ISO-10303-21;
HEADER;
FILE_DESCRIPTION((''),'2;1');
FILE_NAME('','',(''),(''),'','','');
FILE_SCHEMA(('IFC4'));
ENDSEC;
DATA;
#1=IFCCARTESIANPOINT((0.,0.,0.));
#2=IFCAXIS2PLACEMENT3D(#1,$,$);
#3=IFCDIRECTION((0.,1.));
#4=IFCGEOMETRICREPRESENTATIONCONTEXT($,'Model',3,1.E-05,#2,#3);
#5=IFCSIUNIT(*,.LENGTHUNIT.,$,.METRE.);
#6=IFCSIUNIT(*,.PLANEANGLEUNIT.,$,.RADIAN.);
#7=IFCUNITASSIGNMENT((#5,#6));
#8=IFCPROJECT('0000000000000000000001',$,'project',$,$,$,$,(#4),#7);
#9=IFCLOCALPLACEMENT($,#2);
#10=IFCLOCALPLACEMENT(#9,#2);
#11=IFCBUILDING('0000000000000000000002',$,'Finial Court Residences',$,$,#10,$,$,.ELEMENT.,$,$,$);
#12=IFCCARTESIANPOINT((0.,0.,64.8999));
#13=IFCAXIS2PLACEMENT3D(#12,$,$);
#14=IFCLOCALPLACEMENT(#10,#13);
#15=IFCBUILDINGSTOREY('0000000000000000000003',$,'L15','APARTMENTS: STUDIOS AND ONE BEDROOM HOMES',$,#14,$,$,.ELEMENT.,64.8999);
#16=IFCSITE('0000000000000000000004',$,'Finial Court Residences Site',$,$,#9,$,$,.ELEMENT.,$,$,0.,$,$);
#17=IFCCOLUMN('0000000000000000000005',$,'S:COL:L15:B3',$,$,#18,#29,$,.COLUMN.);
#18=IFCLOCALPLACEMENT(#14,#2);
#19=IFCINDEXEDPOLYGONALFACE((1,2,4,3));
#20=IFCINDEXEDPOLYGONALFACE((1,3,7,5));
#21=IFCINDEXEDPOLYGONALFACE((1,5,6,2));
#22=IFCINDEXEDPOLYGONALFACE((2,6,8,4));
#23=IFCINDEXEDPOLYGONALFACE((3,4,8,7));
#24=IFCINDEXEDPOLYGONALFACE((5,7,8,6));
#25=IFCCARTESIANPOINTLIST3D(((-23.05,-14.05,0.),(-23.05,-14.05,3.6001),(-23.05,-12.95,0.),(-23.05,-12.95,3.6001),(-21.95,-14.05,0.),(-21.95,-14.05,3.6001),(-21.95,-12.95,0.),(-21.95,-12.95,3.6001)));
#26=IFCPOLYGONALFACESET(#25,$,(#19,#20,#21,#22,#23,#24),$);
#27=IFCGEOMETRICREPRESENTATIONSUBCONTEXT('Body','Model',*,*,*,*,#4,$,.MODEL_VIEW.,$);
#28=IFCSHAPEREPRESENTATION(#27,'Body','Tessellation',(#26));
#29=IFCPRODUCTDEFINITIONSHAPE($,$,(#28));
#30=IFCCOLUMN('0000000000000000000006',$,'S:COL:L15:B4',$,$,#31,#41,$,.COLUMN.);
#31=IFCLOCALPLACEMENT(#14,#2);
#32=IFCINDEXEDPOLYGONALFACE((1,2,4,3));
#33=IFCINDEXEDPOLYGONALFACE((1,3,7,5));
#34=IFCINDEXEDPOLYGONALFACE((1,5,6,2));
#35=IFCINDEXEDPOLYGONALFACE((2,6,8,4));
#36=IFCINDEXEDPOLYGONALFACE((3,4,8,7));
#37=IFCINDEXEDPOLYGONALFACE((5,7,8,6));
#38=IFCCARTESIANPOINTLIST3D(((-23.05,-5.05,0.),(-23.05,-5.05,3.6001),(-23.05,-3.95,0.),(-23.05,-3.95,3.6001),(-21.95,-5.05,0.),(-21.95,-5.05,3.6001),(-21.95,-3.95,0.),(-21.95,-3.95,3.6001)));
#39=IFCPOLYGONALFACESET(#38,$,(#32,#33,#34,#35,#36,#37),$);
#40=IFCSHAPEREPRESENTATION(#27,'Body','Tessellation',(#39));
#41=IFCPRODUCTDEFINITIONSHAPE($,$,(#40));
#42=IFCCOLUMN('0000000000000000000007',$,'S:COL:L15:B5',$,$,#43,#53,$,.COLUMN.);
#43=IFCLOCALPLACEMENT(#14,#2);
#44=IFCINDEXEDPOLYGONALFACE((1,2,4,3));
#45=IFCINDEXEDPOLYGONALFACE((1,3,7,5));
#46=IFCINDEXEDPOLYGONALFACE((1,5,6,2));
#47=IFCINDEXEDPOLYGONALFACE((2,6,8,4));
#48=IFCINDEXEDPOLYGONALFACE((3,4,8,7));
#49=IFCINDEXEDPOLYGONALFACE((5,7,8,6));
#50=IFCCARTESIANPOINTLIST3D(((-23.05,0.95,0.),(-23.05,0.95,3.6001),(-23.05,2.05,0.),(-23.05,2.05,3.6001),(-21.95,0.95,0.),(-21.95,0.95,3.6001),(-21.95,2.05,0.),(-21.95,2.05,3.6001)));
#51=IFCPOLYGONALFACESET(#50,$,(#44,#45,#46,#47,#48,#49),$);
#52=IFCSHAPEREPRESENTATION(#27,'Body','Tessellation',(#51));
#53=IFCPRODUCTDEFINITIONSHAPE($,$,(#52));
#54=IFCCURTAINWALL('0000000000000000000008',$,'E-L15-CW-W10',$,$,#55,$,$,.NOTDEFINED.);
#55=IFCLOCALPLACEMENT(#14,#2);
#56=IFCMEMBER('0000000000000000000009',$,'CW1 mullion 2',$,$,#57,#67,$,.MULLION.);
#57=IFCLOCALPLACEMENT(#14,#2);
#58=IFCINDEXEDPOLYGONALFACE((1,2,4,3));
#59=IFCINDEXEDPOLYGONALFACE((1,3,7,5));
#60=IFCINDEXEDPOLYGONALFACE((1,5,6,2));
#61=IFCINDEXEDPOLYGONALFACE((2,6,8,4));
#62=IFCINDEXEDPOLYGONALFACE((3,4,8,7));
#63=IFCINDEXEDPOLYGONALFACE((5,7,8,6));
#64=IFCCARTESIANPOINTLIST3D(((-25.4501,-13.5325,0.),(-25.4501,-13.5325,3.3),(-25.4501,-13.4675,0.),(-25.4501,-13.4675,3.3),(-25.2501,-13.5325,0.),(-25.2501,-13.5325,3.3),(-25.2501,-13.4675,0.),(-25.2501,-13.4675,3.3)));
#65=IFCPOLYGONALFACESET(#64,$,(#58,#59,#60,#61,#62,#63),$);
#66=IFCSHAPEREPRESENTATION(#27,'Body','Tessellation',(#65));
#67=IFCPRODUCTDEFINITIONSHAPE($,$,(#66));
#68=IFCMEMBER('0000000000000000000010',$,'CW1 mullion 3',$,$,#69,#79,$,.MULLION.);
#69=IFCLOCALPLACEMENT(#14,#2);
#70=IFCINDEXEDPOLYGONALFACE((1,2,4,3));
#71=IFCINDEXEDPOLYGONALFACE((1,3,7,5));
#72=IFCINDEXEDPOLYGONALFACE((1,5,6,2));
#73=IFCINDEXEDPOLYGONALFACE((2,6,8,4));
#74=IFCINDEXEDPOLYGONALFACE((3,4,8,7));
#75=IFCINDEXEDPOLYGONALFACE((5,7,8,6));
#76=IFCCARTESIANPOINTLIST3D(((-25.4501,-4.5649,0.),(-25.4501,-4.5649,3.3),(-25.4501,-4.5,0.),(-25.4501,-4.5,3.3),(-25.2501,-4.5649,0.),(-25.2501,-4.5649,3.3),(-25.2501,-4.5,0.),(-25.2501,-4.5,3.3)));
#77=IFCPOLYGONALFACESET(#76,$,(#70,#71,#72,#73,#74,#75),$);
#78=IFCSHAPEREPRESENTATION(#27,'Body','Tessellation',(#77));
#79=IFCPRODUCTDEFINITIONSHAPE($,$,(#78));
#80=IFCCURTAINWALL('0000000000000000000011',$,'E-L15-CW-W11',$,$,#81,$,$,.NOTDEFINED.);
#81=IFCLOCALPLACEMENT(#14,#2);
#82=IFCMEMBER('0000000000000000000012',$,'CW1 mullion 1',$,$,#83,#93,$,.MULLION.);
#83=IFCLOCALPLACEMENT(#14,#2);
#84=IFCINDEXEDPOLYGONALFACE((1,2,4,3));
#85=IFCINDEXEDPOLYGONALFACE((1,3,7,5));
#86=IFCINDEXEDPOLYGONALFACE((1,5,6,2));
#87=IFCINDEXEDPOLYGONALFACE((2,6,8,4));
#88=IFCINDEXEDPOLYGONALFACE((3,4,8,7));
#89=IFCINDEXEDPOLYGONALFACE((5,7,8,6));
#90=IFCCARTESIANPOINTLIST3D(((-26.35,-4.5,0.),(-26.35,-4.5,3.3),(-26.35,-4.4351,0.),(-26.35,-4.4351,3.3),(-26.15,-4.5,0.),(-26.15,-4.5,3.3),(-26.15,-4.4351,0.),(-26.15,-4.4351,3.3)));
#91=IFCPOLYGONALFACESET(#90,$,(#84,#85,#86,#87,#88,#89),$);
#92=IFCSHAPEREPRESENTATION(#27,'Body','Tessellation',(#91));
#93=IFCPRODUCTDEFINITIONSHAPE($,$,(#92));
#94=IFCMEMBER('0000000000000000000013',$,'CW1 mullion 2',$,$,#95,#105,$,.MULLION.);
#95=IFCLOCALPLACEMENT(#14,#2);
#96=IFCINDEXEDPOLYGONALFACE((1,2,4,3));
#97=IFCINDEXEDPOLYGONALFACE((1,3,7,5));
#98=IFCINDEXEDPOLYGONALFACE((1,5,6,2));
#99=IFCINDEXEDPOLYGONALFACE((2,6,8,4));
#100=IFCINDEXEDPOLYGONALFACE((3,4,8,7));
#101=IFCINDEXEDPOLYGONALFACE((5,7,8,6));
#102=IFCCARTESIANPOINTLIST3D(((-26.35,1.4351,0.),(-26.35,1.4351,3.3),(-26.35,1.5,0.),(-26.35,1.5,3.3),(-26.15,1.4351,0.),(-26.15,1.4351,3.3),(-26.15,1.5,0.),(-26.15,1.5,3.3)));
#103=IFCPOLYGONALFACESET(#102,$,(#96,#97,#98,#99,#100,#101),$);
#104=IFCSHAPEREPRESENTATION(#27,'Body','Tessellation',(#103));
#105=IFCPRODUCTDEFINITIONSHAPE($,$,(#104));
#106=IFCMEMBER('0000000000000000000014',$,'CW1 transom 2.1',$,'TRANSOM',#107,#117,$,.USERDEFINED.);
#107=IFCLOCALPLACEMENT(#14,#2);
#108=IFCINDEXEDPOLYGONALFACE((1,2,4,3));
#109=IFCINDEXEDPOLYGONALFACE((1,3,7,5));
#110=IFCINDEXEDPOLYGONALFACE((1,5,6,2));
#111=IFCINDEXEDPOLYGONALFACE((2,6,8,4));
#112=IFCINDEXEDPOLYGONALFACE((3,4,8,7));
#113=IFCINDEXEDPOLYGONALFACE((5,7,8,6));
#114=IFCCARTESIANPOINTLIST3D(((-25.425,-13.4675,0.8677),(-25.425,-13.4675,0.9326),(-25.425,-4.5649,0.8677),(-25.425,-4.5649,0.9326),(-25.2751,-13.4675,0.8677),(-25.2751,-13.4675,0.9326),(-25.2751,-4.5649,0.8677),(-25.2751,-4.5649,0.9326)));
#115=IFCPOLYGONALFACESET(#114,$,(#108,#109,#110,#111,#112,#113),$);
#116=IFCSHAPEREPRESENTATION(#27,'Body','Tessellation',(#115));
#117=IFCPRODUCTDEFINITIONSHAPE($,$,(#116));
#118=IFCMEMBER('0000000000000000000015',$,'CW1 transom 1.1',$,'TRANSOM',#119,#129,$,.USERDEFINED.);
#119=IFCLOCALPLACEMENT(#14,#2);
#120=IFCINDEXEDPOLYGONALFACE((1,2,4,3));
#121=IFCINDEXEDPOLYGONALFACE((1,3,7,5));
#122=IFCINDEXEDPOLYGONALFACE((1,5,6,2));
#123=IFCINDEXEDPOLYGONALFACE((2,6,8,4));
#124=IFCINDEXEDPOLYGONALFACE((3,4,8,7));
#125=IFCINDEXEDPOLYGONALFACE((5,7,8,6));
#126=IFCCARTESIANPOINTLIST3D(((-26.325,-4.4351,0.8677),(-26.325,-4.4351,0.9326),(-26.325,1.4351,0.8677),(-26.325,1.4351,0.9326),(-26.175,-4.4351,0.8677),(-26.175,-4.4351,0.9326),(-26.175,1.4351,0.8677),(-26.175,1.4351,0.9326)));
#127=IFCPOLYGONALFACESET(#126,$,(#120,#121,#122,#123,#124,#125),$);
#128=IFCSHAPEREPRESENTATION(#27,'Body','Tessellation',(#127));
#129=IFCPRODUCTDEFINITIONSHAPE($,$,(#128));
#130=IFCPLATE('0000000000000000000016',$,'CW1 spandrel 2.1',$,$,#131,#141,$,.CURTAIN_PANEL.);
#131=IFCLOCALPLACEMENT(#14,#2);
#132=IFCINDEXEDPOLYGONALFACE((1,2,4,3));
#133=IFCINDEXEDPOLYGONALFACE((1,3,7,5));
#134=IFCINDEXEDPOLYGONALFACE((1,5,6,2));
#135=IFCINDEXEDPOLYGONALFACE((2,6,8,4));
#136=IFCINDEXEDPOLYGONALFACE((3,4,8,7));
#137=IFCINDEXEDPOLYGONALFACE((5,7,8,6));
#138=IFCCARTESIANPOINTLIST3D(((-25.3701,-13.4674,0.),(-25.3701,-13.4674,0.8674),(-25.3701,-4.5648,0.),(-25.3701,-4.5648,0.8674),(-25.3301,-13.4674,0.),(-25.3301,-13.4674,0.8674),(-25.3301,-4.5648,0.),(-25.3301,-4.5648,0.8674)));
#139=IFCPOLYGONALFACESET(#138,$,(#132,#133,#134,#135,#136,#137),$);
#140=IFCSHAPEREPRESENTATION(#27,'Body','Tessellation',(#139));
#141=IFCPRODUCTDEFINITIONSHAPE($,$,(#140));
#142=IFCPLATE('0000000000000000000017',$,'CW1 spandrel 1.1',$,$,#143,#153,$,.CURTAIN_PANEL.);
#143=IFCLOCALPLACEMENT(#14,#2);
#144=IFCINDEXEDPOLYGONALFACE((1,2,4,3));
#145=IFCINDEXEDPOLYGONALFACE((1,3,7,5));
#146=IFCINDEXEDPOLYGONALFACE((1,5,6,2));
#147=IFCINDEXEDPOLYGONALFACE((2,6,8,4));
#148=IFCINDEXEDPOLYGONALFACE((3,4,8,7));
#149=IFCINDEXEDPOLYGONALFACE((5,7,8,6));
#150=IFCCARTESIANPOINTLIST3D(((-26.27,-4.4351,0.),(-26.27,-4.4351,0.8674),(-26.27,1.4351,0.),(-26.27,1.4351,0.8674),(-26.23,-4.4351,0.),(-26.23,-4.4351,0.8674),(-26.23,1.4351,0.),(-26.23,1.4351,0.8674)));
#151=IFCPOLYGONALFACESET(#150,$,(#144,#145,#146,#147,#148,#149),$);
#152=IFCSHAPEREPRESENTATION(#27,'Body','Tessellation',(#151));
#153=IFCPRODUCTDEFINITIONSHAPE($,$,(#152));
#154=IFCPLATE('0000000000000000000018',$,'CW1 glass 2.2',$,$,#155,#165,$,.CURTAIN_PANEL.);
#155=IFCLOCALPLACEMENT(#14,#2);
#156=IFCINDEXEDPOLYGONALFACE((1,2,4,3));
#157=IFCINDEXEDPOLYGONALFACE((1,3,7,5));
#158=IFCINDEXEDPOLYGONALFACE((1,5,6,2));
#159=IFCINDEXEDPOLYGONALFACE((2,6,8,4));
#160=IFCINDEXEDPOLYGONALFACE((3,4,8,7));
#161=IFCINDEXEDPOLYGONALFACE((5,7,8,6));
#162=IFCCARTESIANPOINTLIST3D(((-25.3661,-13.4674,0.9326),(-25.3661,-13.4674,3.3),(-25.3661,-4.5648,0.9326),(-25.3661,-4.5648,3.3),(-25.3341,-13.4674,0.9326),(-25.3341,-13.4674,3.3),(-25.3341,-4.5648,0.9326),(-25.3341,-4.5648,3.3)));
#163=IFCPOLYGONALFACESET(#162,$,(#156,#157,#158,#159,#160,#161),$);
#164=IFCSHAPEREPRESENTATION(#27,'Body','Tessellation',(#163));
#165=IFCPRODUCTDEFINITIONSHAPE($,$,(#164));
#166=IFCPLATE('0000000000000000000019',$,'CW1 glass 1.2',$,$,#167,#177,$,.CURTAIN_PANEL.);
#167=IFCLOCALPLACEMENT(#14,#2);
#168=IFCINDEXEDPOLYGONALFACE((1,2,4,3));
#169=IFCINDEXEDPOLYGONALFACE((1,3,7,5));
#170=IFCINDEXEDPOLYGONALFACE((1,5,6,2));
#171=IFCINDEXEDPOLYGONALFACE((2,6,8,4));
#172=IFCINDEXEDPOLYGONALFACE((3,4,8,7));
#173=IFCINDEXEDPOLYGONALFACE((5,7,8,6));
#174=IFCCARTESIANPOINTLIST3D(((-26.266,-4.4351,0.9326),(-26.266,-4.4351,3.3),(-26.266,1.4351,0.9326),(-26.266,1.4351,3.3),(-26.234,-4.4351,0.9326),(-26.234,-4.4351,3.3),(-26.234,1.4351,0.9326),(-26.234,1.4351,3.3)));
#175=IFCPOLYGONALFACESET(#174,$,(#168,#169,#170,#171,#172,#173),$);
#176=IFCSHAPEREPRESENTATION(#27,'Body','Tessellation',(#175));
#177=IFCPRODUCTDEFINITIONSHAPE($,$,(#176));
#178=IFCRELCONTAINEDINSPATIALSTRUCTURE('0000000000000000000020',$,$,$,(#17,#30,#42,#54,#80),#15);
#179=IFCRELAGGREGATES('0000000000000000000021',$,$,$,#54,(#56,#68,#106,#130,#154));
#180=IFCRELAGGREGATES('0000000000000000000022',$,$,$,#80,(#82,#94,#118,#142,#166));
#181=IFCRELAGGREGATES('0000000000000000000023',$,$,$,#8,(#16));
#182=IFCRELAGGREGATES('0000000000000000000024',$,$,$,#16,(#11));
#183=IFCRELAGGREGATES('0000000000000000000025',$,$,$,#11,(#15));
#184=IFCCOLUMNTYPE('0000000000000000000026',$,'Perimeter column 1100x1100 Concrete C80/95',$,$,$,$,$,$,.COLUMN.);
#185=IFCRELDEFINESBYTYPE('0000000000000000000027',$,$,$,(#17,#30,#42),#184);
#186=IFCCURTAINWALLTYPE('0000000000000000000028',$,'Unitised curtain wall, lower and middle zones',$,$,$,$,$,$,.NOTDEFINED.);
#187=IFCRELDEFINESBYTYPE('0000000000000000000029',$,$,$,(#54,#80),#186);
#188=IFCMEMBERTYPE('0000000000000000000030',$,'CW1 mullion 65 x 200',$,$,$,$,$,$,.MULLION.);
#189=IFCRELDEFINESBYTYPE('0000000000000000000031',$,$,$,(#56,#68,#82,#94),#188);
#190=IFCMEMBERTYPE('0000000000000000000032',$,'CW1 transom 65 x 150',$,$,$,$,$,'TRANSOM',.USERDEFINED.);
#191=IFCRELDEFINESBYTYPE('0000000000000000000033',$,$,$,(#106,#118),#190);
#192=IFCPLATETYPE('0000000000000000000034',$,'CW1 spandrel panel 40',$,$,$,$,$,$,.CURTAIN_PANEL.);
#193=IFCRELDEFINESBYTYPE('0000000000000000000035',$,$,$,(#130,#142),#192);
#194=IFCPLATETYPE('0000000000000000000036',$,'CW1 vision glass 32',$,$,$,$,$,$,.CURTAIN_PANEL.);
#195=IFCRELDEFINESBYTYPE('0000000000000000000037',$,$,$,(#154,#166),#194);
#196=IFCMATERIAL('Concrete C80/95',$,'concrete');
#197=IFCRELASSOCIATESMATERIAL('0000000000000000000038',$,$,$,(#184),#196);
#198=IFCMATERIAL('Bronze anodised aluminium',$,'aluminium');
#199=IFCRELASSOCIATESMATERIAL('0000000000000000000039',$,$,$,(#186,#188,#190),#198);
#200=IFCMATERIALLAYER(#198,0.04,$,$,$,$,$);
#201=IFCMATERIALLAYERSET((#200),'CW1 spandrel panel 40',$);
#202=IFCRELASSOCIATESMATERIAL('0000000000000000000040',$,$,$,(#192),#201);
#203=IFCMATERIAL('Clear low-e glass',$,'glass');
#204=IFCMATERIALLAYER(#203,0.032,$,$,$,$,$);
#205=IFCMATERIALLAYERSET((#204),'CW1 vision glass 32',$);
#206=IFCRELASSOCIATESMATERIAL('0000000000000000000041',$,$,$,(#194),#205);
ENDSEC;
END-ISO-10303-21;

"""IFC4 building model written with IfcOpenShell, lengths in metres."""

from ifc_helpers import new_model, si_unit, direction, frame, origin, origin_2d, place, context, subcontext, project, spatial, rectangle, extrude, material, layer, layer_set, material_profile, profile_set, type_object, element, aggregate, save


model = new_model("IFC4")

# Units and contexts
model_context = context("Model", 3, precision=1e-05, world=origin(), true_north=direction((0.0, 1.0)))
body_context = subcontext(model_context, "Body", "Model", "MODEL_VIEW")
ifc_project = project(units=[si_unit("LENGTHUNIT", "METRE"), si_unit("PLANEANGLEUNIT", "RADIAN")], contexts=[model_context])

# Site, building, storey
site_placement = place(None, origin())
site = spatial("IfcSite", under=ifc_project, at=site_placement, Name="Finial Court Residences Site", CompositionType="ELEMENT", RefElevation=0.0)
building_placement = place(site_placement, origin())
building = spatial("IfcBuilding", under=site, at=building_placement, Name="Finial Court Residences", CompositionType="ELEMENT")
storey_placement = place(building_placement, frame((0.0, 0.0, 64.8999)))
storey = spatial("IfcBuildingStorey", under=building, at=storey_placement, Name="L15", Description="APARTMENTS: STUDIOS AND ONE BEDROOM HOMES", CompositionType="ELEMENT", Elevation=64.8999)

# Columns
ifc_material_1 = material(Name="Concrete C80/95", Category="concrete")
ifc_material_profile_1 = material_profile(ifc_material_1, rectangle(XDim=1.1001, YDim=1.1001, at=origin_2d()), Name="1100x1100")
ifc_profile_set_1 = profile_set([ifc_material_profile_1], Name="Concrete C80/95")
column_type = type_object("IfcColumnType", Name="Perimeter column 1100x1100 Concrete C80/95", PredefinedType="COLUMN", material=ifc_profile_set_1)
for number, where, z_axis, x_axis, name in (
    (1, (-22.5, -13.5, 0.0), (0.0, 0.0, 1.0), (1.0, 0.0, 0.0), "S:COL:L15:B3"),
    (2, (-22.5, -4.5, 0.0), (0.0, 0.0, 1.0), (1.0, 0.0, 0.0), "S:COL:L15:B4"),
    (3, (-22.5, 1.5, 0.0), (0.0, 0.0, 1.0), (1.0, 0.0, 0.0), "S:COL:L15:B5"),
):
    element("IfcColumn", number, at=place(storey_placement, frame(where, z_axis=z_axis, x_axis=x_axis)), inside=storey, type_object=column_type, Name=name, PredefinedType="COLUMN", context=body_context, shape_type="SweptSolid", body=[
        extrude(rectangle(XDim=1.1001, YDim=1.1001, at=origin_2d()), origin(), (0.0, 0.0, 1.0), 3.6001),
    ])

# Curtain walls, members
ifc_material_2 = material(Name="Bronze anodised aluminium", Category="aluminium")
curtain_wall_type = type_object("IfcCurtainWallType", Name="Unitised curtain wall, lower and middle zones", PredefinedType="NOTDEFINED", material=ifc_material_2)
curtain_wall_1_placement = place(storey_placement, origin())
curtain_wall_1 = element("IfcCurtainWall", 4, at=curtain_wall_1_placement, inside=storey, type_object=curtain_wall_type, Name="E-L15-CW-W10", PredefinedType="NOTDEFINED")
ifc_material_profile_2 = material_profile(ifc_material_2, rectangle(XDim=0.2, YDim=0.0649, at=origin_2d()), Name="CW1 mullion 65 x 200")
ifc_profile_set_2 = profile_set([ifc_material_profile_2], Name="Bronze anodised aluminium")
member_type_1 = type_object("IfcMemberType", Name="CW1 mullion 65 x 200", PredefinedType="MULLION", material=ifc_profile_set_2)
member_1_placement = place(storey_placement, frame((-25.3501, -13.5, 0.0), z_axis=(0.0, 0.0, 1.0), x_axis=(-1.0, 0.0, 0.0)))
member_1 = element("IfcMember", 5, at=member_1_placement, type_object=member_type_1, Name="CW1 mullion 2", PredefinedType="MULLION", context=body_context, shape_type="SweptSolid", body=[
    extrude(rectangle(XDim=0.2, YDim=0.0649, at=origin_2d()), origin(), (0.0, 0.0, 1.0), 3.3),
])
member_2_placement = place(storey_placement, frame((-25.3501, -4.5325, 0.0), z_axis=(0.0, 0.0, 1.0), x_axis=(-1.0, 0.0, 0.0)))
member_2 = element("IfcMember", 6, at=member_2_placement, type_object=member_type_1, Name="CW1 mullion 3", PredefinedType="MULLION", context=body_context, shape_type="SweptSolid", body=[
    extrude(rectangle(XDim=0.2, YDim=0.0649, at=origin_2d()), origin(), (0.0, 0.0, 1.0), 3.3),
])
curtain_wall_2_placement = place(storey_placement, origin())
curtain_wall_2 = element("IfcCurtainWall", 7, at=curtain_wall_2_placement, inside=storey, type_object=curtain_wall_type, Name="E-L15-CW-W11", PredefinedType="NOTDEFINED")
member_3_placement = place(storey_placement, frame((-26.25, -4.4675, 0.0), z_axis=(0.0, 0.0, 1.0), x_axis=(-1.0, 0.0, 0.0)))
member_3 = element("IfcMember", 8, at=member_3_placement, type_object=member_type_1, Name="CW1 mullion 1", PredefinedType="MULLION", context=body_context, shape_type="SweptSolid", body=[
    extrude(rectangle(XDim=0.2, YDim=0.0649, at=origin_2d()), origin(), (0.0, 0.0, 1.0), 3.3),
])
member_4_placement = place(storey_placement, frame((-26.25, 1.4675, 0.0), z_axis=(0.0, 0.0, 1.0), x_axis=(-1.0, 0.0, 0.0)))
member_4 = element("IfcMember", 9, at=member_4_placement, type_object=member_type_1, Name="CW1 mullion 2", PredefinedType="MULLION", context=body_context, shape_type="SweptSolid", body=[
    extrude(rectangle(XDim=0.2, YDim=0.0649, at=origin_2d()), origin(), (0.0, 0.0, 1.0), 3.3),
])

# Members
ifc_material_profile_3 = material_profile(ifc_material_2, rectangle(XDim=0.1499, YDim=0.0649, at=origin_2d()), Name="CW1 transom 65 x 150")
ifc_profile_set_3 = profile_set([ifc_material_profile_3], Name="Bronze anodised aluminium")
member_type_2 = type_object("IfcMemberType", Name="CW1 transom 65 x 150", ElementType="TRANSOM", PredefinedType="USERDEFINED", material=ifc_profile_set_3)
member_5_placement = place(storey_placement, frame((-25.3501, -13.4675, 0.9001), z_axis=(0.0, 1.0, 0.0), x_axis=(-1.0, 0.0, 0.0)))
member_5 = element("IfcMember", 10, at=member_5_placement, type_object=member_type_2, Name="CW1 transom 2.1", ObjectType="TRANSOM", PredefinedType="USERDEFINED", context=body_context, shape_type="SweptSolid", body=[
    extrude(rectangle(XDim=0.1499, YDim=0.0649, at=origin_2d()), origin(), (0.0, 0.0, 1.0), 8.9026),
])
member_6_placement = place(storey_placement, frame((-26.25, -4.4351, 0.9001), z_axis=(0.0, 1.0, 0.0), x_axis=(-1.0, 0.0, 0.0)))
member_6 = element("IfcMember", 11, at=member_6_placement, type_object=member_type_2, Name="CW1 transom 1.1", ObjectType="TRANSOM", PredefinedType="USERDEFINED", context=body_context, shape_type="SweptSolid", body=[
    extrude(rectangle(XDim=0.1499, YDim=0.0649, at=origin_2d()), origin(), (0.0, 0.0, 1.0), 5.8701),
])

# Plates
ifc_layer_1 = layer(ifc_material_2, 0.04)
ifc_layer_set_1 = layer_set([ifc_layer_1], Name="CW1 spandrel panel 40")
plate_type_1 = type_object("IfcPlateType", Name="CW1 spandrel panel 40", PredefinedType="CURTAIN_PANEL", material=ifc_layer_set_1)
plate_1_placement = place(storey_placement, frame((-25.3501, -9.0161, 0.0), z_axis=(0.0, 0.0, 1.0), x_axis=(0.0, 1.0, 0.0)))
plate_1 = element("IfcPlate", 12, at=plate_1_placement, type_object=plate_type_1, Name="CW1 spandrel 2.1", PredefinedType="CURTAIN_PANEL", context=body_context, shape_type="SweptSolid", body=[
    extrude(rectangle(XDim=8.9026, YDim=0.04, at=origin_2d()), origin(), (0.0, 0.0, 1.0), 0.8674),
])
plate_2_placement = place(storey_placement, frame((-26.25, -1.5, 0.0), z_axis=(0.0, 0.0, 1.0), x_axis=(0.0, 1.0, 0.0)))
plate_2 = element("IfcPlate", 13, at=plate_2_placement, type_object=plate_type_1, Name="CW1 spandrel 1.1", PredefinedType="CURTAIN_PANEL", context=body_context, shape_type="SweptSolid", body=[
    extrude(rectangle(XDim=5.8701, YDim=0.04, at=origin_2d()), origin(), (0.0, 0.0, 1.0), 0.8674),
])
ifc_material_3 = material(Name="Clear low-e glass", Category="glass")
ifc_layer_2 = layer(ifc_material_3, 0.032)
ifc_layer_set_2 = layer_set([ifc_layer_2], Name="CW1 vision glass 32")
plate_type_2 = type_object("IfcPlateType", Name="CW1 vision glass 32", PredefinedType="CURTAIN_PANEL", material=ifc_layer_set_2)
plate_3_placement = place(storey_placement, frame((-25.3501, -9.0161, 0.9326), z_axis=(0.0, 0.0, 1.0), x_axis=(0.0, 1.0, 0.0)))
plate_3 = element("IfcPlate", 14, at=plate_3_placement, type_object=plate_type_2, Name="CW1 glass 2.2", PredefinedType="CURTAIN_PANEL", context=body_context, shape_type="SweptSolid", body=[
    extrude(rectangle(XDim=8.9026, YDim=0.032, at=origin_2d()), origin(), (0.0, 0.0, 1.0), 2.3674),
])
aggregate(curtain_wall_1, [member_1, member_2, member_5, plate_1, plate_3])
plate_4_placement = place(storey_placement, frame((-26.25, -1.5, 0.9326), z_axis=(0.0, 0.0, 1.0), x_axis=(0.0, 1.0, 0.0)))
plate_4 = element("IfcPlate", 15, at=plate_4_placement, type_object=plate_type_2, Name="CW1 glass 1.2", PredefinedType="CURTAIN_PANEL", context=body_context, shape_type="SweptSolid", body=[
    extrude(rectangle(XDim=5.8701, YDim=0.032, at=origin_2d()), origin(), (0.0, 0.0, 1.0), 2.3674),
])
aggregate(curtain_wall_2, [member_3, member_4, member_6, plate_2, plate_4])

save(model, "model.ifc")
